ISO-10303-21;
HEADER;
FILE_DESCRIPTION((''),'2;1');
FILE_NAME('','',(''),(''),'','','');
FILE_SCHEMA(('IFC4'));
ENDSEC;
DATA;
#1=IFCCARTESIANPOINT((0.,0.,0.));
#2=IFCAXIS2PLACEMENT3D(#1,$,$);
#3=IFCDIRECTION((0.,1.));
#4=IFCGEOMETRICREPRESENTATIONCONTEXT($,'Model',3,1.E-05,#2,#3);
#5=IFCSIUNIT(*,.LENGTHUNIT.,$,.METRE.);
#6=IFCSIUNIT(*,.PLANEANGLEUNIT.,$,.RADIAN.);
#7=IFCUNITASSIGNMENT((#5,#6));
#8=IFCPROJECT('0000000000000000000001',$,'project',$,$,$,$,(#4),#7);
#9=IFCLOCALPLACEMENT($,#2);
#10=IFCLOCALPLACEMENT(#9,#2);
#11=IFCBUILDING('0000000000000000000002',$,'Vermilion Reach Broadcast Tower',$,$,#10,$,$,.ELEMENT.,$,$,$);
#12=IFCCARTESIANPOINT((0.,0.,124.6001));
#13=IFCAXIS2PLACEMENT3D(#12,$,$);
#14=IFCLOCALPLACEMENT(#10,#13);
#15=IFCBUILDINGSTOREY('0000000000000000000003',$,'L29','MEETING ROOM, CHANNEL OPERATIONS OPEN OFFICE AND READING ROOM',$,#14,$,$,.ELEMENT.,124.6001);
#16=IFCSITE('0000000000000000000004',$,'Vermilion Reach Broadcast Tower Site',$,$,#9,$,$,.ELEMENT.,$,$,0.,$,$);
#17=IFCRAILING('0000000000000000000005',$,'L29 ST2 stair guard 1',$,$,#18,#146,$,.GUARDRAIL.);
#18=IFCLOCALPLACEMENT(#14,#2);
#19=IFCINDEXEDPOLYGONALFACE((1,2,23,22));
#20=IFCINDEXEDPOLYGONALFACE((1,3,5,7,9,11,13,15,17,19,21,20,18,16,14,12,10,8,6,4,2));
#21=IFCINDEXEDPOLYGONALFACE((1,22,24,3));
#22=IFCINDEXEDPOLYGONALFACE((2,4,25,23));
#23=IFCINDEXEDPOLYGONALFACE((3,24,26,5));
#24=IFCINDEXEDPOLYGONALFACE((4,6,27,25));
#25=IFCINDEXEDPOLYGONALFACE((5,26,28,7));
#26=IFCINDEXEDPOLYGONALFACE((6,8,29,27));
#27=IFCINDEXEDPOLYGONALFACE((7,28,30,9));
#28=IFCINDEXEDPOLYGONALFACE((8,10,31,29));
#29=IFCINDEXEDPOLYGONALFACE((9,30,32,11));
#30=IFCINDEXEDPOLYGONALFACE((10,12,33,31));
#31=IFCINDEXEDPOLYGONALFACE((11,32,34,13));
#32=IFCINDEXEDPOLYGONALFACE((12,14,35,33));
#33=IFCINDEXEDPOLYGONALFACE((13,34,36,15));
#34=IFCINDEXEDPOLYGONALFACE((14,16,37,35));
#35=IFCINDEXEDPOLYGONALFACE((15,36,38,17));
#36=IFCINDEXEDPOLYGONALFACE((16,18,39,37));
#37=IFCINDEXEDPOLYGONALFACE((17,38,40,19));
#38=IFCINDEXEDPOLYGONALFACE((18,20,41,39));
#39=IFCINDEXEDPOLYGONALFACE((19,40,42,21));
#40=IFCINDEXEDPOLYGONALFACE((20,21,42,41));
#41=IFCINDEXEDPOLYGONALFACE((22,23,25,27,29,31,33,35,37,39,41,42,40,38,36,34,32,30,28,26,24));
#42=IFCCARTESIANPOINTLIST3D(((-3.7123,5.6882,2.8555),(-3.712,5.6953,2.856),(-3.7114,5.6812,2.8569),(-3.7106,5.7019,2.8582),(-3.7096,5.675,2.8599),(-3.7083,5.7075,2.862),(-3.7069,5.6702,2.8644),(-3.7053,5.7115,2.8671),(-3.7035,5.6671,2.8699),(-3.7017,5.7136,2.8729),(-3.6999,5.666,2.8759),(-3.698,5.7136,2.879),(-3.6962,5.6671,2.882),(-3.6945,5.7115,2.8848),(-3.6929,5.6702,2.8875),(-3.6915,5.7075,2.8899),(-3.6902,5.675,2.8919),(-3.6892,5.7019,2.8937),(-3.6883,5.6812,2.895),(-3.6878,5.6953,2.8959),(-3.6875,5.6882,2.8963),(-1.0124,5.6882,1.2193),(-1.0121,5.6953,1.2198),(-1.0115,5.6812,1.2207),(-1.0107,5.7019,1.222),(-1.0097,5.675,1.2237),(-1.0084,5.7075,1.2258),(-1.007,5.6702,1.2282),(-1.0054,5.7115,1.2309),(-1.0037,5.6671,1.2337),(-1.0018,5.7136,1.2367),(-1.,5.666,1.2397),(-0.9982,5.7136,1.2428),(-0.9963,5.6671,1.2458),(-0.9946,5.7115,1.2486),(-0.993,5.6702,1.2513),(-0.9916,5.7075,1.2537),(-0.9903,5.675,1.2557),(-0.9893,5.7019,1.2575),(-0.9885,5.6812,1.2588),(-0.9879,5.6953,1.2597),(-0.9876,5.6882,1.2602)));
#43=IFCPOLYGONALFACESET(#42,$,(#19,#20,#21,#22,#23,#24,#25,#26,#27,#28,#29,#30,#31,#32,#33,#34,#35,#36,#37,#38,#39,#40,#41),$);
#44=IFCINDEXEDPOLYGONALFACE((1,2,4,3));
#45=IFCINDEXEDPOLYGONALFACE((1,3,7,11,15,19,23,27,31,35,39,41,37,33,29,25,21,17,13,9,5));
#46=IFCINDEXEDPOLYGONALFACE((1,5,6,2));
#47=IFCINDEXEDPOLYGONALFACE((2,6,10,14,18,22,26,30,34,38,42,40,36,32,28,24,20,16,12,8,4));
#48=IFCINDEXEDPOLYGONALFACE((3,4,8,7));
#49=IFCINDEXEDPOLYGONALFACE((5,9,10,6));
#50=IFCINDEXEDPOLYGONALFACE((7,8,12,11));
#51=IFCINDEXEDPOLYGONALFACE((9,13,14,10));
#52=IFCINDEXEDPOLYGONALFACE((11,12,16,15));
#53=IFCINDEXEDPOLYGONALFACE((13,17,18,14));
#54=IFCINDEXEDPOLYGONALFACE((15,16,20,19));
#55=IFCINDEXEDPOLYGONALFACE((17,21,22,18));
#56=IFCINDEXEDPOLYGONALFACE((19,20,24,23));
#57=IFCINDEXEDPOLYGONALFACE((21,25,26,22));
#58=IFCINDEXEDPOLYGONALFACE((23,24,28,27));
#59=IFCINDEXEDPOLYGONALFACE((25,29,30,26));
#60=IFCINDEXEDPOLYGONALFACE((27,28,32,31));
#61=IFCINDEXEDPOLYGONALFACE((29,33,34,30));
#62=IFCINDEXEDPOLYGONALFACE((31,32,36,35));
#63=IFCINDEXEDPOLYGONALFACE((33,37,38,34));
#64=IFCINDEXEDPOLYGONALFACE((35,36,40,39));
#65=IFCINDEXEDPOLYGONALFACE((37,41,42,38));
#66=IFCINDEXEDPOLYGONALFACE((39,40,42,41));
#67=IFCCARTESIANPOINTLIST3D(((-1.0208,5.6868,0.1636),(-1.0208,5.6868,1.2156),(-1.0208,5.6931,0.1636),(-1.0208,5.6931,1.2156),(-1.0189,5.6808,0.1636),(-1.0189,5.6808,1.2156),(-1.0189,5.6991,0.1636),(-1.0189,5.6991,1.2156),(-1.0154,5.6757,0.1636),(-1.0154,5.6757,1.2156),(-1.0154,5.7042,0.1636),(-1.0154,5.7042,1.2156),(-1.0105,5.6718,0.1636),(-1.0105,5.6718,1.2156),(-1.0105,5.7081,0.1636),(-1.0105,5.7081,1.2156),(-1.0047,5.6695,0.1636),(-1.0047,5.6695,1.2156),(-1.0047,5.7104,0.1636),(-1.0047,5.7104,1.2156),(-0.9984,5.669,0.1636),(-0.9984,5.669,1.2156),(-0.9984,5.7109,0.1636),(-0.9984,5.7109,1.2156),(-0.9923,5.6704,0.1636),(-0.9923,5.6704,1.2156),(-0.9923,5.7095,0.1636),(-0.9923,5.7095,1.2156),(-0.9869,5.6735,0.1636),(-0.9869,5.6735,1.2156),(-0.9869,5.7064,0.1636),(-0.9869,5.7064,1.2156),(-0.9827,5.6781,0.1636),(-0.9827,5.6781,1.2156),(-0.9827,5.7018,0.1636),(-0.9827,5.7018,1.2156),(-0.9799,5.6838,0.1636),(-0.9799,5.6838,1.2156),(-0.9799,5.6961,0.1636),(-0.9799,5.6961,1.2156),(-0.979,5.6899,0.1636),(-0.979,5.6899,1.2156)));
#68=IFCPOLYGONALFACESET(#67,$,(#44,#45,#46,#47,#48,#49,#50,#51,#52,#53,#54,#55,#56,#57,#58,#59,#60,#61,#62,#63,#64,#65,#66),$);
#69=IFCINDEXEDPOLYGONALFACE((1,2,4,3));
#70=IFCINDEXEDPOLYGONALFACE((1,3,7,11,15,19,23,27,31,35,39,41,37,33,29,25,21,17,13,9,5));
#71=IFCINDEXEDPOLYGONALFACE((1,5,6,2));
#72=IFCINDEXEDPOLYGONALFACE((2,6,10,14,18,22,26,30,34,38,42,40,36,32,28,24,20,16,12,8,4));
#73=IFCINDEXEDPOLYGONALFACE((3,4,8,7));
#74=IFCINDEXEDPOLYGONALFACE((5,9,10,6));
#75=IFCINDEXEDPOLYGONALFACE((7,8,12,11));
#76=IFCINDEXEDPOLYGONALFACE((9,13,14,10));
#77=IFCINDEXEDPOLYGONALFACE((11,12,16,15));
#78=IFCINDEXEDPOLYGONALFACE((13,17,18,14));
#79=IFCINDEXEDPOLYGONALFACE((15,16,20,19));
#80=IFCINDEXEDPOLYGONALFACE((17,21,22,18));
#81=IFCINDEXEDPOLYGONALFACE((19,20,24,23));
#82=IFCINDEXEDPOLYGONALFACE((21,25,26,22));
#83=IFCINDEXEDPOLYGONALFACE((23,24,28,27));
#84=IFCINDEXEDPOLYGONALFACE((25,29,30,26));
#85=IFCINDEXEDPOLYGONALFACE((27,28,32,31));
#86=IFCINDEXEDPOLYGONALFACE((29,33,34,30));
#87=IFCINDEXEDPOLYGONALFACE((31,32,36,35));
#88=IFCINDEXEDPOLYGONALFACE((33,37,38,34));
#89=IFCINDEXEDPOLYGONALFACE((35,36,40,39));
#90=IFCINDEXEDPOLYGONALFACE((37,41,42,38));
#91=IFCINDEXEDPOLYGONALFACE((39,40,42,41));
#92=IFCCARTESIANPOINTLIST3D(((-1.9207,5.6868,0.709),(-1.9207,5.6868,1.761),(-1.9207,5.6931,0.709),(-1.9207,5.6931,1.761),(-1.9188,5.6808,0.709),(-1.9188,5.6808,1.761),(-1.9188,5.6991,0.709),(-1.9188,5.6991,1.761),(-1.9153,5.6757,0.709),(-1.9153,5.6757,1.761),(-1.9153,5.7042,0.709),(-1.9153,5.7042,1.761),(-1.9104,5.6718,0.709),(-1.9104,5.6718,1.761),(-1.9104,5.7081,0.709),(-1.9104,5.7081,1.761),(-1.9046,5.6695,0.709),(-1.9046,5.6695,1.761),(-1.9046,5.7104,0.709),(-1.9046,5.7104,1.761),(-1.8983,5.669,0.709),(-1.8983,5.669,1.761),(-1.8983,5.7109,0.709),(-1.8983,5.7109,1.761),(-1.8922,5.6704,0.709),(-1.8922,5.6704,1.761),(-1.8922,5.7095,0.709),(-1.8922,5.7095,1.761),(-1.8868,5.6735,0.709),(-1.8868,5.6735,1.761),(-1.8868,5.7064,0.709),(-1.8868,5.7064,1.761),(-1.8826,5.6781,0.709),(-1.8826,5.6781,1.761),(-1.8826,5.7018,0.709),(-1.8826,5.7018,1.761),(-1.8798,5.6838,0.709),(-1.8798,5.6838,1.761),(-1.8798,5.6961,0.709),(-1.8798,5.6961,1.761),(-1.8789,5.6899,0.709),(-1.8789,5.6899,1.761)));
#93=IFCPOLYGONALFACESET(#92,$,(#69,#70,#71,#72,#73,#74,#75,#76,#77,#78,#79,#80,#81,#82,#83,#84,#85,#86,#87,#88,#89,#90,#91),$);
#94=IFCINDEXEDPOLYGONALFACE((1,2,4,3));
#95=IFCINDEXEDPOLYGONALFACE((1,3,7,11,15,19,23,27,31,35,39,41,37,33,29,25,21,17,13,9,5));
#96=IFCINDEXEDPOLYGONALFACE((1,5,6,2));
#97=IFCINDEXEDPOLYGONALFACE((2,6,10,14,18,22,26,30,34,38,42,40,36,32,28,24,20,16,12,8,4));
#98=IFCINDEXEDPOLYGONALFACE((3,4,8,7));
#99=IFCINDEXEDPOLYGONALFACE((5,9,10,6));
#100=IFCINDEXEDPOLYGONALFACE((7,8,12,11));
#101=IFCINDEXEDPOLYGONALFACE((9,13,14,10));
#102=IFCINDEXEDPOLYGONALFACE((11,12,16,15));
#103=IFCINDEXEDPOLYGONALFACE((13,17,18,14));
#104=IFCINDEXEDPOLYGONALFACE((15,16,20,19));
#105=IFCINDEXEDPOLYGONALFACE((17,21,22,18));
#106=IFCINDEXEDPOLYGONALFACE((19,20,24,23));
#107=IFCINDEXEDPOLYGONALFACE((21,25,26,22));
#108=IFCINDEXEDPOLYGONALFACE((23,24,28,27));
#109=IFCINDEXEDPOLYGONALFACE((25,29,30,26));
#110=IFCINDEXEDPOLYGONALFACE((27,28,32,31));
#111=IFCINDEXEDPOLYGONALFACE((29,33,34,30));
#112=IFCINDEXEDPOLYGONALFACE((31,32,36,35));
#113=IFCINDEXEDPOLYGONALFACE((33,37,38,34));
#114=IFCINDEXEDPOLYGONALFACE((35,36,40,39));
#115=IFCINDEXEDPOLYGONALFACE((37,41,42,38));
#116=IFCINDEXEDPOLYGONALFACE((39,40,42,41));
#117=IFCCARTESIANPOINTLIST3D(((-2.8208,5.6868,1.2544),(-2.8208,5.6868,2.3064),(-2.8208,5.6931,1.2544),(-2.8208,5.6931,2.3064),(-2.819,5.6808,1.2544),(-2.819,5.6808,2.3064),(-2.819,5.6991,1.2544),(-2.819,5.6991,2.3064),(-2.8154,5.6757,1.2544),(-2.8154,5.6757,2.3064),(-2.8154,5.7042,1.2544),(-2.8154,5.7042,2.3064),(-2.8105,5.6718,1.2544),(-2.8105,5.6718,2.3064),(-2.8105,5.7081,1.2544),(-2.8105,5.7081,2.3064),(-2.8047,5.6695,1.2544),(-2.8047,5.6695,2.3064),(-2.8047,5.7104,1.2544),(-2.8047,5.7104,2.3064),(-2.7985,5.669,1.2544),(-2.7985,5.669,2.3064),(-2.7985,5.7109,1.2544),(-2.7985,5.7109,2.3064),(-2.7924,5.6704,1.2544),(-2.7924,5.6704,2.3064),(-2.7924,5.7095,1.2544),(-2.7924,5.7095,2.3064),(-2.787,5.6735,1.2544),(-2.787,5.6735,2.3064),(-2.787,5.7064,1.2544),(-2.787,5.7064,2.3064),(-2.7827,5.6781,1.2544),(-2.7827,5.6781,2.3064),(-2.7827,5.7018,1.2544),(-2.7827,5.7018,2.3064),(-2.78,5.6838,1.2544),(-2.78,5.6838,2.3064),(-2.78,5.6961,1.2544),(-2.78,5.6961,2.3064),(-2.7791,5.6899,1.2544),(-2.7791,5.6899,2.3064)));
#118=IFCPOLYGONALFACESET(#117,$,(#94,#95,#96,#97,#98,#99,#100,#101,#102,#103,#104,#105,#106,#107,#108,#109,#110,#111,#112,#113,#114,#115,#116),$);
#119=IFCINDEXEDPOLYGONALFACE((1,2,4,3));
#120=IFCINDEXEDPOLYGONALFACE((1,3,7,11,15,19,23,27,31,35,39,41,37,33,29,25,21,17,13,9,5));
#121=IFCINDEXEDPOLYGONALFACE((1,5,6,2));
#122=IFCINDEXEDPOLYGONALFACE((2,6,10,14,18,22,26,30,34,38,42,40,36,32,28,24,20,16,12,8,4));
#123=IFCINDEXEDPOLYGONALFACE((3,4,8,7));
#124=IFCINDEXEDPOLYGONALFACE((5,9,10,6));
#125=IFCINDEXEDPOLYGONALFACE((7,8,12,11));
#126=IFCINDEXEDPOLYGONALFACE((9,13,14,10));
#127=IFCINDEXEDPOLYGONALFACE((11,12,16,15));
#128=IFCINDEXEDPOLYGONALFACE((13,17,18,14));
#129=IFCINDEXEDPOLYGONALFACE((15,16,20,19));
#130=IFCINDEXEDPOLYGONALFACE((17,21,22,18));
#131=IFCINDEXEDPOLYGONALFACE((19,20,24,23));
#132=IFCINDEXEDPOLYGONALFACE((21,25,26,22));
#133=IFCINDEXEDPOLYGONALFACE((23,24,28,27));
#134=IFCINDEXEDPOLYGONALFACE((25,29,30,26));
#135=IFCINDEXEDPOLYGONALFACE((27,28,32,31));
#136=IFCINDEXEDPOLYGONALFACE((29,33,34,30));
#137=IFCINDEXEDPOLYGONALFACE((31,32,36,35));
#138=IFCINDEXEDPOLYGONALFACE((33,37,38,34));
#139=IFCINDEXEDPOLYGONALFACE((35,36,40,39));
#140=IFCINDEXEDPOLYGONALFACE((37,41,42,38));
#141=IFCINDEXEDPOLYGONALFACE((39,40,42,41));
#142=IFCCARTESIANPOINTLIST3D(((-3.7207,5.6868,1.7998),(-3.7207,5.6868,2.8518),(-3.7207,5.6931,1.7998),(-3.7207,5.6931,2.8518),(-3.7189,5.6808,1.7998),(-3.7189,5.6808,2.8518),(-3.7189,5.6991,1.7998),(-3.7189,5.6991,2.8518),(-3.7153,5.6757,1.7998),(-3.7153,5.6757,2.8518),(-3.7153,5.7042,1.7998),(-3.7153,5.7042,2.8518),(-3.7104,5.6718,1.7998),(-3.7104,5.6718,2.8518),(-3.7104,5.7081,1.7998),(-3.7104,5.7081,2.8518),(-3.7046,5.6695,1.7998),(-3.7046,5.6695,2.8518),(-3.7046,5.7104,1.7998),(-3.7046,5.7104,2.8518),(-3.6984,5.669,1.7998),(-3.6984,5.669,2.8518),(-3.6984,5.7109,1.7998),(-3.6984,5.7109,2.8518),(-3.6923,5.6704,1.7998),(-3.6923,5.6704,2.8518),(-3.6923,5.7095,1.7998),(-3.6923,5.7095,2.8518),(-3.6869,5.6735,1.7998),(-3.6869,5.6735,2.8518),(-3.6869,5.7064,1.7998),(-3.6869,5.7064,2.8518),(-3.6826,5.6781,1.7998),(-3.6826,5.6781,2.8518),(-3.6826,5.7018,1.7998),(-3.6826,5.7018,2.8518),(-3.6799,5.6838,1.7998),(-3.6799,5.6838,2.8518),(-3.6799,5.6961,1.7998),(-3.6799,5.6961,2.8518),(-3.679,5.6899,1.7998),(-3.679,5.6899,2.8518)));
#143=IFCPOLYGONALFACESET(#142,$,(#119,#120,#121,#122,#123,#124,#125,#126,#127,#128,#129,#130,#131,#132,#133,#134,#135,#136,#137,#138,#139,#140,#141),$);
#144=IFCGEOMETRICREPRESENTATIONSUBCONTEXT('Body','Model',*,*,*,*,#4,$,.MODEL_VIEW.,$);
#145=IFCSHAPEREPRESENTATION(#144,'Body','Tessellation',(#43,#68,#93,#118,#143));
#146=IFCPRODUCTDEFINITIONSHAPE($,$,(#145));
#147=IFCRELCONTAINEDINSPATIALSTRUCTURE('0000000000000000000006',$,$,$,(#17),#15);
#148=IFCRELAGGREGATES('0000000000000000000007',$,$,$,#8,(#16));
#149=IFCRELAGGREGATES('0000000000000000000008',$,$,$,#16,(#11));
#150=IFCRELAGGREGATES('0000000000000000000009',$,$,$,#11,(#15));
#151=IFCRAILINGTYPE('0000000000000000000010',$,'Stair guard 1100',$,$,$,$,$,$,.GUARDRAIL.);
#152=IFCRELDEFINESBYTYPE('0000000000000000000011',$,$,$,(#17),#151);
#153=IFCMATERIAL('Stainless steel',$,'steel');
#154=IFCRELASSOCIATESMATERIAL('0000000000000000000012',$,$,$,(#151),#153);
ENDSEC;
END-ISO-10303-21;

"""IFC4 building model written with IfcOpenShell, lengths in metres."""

from ifc_helpers import new_model, si_unit, direction, frame, origin, origin_2d, place, context, subcontext, project, spatial, circle, extrude, material, type_object, element, save


model = new_model("IFC4")

# Units and contexts
model_context = context("Model", 3, precision=1e-05, world=origin(), true_north=direction((0.0, 1.0)))
body_context = subcontext(model_context, "Body", "Model", "MODEL_VIEW")
ifc_project = project(units=[si_unit("LENGTHUNIT", "METRE"), si_unit("PLANEANGLEUNIT", "RADIAN")], contexts=[model_context])

# Site, building, storey
site_placement = place(None, origin())
site = spatial("IfcSite", under=ifc_project, at=site_placement, Name="Vermilion Reach Broadcast Tower Site", CompositionType="ELEMENT", RefElevation=0.0)
building_placement = place(site_placement, origin())
building = spatial("IfcBuilding", under=site, at=building_placement, Name="Vermilion Reach Broadcast Tower", CompositionType="ELEMENT")
storey_placement = place(building_placement, frame((0.0, 0.0, 124.6001)))
storey = spatial("IfcBuildingStorey", under=building, at=storey_placement, Name="L29", Description="MEETING ROOM, CHANNEL OPERATIONS OPEN OFFICE AND READING ROOM", CompositionType="ELEMENT", Elevation=124.6001)

# Railing
ifc_material_1 = material(Name="Stainless steel", Category="steel")
railing_type_1 = type_object("IfcRailingType", Name="Stair guard 1100", PredefinedType="GUARDRAIL", material=ifc_material_1)
railing_1_placement = place(storey_placement, frame((-1.0, 5.6899, 0.1636)))
element("IfcRailing", 1, at=railing_1_placement, inside=storey, type_object=railing_type_1, Name="L29 ST2 stair guard 1", PredefinedType="GUARDRAIL", context=body_context, shape_type="SweptSolid", body=[
    extrude(circle(Radius=0.0239, at=origin_2d()), frame((0.0, 0.0, 1.0762), z_axis=(-0.855212, 0.0, 0.518278), x_axis=(0.0, -1.0, 0.0)), (0.0, 0.0, 1.0), 3.157),
    extrude(circle(Radius=0.021, at=origin_2d()), origin(), (0.0, 0.0, 1.0), 1.052),
    extrude(circle(Radius=0.021, at=origin_2d()), frame((-0.8999, 0.0, 0.5454)), (0.0, 0.0, 1.0), 1.052),
    extrude(circle(Radius=0.021, at=origin_2d()), frame((-1.8, 0.0, 1.0908)), (0.0, 0.0, 1.0), 1.052),
    extrude(circle(Radius=0.021, at=origin_2d()), frame((-2.7, 0.0, 1.6362)), (0.0, 0.0, 1.0), 1.052),
])

save(model, "model.ifc")
